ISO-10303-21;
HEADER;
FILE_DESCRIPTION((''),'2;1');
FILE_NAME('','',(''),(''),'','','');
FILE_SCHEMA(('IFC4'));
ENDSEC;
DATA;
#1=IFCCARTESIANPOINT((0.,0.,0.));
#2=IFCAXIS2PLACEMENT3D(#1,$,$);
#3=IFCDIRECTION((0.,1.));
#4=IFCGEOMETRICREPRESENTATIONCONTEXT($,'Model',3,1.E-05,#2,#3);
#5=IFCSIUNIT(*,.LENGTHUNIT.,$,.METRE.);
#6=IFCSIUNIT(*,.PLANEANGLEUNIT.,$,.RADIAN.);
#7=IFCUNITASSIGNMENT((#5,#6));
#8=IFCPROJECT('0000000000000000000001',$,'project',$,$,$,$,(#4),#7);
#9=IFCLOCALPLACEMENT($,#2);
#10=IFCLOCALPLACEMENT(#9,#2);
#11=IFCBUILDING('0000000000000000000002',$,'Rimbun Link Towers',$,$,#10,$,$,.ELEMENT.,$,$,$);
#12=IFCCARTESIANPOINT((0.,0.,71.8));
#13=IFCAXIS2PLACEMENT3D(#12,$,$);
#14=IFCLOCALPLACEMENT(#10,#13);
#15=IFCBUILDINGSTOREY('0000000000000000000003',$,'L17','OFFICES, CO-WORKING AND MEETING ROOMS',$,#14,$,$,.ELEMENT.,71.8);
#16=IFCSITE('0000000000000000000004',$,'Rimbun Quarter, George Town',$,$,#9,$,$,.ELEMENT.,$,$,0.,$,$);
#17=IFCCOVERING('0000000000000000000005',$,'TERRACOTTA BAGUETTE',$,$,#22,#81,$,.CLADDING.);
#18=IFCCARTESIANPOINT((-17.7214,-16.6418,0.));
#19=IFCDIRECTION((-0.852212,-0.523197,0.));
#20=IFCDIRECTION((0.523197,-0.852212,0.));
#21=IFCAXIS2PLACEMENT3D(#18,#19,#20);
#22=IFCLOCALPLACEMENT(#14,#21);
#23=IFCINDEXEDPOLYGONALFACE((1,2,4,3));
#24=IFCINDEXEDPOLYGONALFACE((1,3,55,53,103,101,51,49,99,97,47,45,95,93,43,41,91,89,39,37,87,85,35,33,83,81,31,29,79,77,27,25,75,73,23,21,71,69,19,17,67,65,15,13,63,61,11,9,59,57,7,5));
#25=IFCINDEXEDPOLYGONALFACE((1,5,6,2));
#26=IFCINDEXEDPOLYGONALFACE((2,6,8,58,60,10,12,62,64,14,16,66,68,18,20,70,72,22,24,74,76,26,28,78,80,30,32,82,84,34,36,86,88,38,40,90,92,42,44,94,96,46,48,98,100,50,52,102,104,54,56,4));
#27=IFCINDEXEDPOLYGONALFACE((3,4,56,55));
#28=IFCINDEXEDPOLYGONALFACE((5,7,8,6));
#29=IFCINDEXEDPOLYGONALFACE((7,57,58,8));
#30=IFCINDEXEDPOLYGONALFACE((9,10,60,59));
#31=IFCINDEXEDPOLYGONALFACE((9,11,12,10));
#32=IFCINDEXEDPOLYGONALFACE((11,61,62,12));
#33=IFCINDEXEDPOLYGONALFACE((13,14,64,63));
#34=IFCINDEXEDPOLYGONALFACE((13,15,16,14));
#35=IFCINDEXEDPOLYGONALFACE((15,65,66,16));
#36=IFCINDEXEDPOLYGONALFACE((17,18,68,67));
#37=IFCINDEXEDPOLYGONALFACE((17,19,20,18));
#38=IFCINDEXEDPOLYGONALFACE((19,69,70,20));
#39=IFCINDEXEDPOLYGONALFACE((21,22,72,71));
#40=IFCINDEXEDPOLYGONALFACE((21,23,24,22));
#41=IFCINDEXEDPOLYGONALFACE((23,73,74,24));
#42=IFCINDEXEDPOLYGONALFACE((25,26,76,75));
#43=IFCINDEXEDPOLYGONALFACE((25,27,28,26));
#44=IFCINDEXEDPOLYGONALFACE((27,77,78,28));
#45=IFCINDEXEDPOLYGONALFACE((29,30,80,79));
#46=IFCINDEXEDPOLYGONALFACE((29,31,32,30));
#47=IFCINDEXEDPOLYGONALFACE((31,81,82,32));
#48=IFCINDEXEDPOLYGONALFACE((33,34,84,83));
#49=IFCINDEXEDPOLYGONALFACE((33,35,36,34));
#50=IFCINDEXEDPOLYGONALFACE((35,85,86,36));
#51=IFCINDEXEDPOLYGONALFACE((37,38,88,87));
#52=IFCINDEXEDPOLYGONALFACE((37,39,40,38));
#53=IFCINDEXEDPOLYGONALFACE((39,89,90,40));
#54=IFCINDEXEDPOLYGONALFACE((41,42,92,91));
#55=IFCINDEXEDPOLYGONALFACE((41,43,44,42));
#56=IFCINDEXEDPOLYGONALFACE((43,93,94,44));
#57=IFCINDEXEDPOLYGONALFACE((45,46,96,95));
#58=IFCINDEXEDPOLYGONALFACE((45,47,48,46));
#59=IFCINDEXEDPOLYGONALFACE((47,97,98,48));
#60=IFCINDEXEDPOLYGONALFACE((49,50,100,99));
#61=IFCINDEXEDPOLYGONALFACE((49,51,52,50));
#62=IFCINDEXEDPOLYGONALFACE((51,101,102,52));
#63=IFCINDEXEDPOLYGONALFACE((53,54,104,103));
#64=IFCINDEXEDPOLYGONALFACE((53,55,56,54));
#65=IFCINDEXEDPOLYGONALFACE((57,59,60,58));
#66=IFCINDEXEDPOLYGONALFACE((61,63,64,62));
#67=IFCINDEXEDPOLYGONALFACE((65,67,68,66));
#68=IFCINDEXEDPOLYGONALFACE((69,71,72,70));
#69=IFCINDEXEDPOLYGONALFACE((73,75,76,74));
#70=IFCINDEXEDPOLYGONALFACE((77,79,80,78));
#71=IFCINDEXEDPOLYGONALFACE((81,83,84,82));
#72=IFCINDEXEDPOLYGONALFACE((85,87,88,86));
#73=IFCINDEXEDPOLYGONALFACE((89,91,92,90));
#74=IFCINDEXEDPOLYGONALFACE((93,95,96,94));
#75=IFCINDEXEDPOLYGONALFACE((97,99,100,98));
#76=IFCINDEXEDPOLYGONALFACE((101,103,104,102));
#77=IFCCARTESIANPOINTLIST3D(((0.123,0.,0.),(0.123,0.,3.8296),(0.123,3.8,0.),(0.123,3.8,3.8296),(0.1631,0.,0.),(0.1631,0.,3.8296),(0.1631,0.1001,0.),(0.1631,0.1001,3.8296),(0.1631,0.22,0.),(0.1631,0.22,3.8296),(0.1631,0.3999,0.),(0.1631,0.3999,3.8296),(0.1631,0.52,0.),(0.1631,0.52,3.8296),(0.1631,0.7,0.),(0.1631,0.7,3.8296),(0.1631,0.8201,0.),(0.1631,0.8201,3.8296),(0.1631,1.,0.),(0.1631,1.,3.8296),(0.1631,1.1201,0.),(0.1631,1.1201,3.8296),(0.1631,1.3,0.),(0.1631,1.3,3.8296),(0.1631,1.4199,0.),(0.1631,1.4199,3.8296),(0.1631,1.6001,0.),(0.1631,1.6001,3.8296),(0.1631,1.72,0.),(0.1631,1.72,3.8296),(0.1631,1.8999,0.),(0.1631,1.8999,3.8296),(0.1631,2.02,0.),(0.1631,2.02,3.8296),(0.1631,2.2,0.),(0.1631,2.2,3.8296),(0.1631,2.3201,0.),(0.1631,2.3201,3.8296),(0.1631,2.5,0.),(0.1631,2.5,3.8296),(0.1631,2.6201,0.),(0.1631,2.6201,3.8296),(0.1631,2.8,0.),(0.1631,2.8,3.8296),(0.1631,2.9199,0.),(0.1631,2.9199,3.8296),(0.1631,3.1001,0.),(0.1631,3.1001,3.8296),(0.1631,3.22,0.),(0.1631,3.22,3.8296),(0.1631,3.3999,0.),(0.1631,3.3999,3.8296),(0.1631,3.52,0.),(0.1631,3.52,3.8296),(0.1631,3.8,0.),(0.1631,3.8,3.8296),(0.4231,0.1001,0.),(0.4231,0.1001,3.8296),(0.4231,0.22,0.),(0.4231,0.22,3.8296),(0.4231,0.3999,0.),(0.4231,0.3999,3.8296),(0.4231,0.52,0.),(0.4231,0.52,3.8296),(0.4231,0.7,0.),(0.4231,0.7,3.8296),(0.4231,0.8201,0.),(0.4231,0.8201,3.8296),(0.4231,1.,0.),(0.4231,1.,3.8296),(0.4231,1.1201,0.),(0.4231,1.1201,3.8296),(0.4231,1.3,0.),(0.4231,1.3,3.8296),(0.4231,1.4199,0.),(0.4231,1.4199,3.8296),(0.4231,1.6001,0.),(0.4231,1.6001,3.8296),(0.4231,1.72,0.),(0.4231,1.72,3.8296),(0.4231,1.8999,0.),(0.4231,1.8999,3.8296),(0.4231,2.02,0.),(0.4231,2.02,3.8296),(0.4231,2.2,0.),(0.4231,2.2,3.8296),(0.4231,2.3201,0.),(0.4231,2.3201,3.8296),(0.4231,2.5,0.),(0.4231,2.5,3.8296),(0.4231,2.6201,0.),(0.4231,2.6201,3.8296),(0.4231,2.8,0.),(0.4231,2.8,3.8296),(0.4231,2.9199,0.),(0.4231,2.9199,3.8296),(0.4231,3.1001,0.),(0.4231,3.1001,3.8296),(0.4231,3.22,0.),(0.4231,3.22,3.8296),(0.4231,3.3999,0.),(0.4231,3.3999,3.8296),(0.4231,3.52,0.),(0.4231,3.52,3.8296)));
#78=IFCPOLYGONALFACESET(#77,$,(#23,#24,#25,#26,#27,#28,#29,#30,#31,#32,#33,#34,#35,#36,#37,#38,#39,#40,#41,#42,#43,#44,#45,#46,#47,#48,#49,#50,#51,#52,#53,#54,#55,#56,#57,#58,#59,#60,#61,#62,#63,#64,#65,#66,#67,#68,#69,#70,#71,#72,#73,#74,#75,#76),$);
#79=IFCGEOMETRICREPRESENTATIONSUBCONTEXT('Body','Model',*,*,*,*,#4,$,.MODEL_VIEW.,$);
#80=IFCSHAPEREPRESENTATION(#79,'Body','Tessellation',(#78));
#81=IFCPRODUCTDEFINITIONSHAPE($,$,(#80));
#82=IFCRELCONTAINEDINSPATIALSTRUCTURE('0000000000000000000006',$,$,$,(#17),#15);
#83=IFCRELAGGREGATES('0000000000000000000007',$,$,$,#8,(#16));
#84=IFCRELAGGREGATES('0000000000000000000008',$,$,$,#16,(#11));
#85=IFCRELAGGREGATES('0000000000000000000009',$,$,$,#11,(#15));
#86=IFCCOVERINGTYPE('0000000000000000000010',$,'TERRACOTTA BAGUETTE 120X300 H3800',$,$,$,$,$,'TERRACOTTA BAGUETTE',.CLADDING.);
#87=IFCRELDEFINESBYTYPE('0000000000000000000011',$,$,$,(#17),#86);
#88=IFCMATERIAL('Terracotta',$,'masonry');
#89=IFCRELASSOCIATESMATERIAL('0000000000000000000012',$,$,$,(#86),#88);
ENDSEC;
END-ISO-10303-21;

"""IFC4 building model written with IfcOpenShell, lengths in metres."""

from ifc_helpers import new_model, si_unit, direction, frame, origin, place, context, subcontext, project, spatial, polyline, outline, extrude, material, material_profile, profile_set, type_object, element, save


model = new_model("IFC4")

# Units and contexts
model_context = context("Model", 3, precision=1e-05, world=origin(), true_north=direction((0.0, 1.0)))
body_context = subcontext(model_context, "Body", "Model", "MODEL_VIEW")
ifc_project = project(units=[si_unit("LENGTHUNIT", "METRE"), si_unit("PLANEANGLEUNIT", "RADIAN")], contexts=[model_context])

# Site, building, storey
site_placement = place(None, origin())
site = spatial("IfcSite", under=ifc_project, at=site_placement, Name="Rimbun Quarter, George Town", CompositionType="ELEMENT", RefElevation=0.0)
building_placement = place(site_placement, origin())
building = spatial("IfcBuilding", under=site, at=building_placement, Name="Rimbun Link Towers", CompositionType="ELEMENT")
storey_placement = place(building_placement, frame((0.0, 0.0, 71.8)))
storey = spatial("IfcBuildingStorey", under=building, at=storey_placement, Name="L17", Description="OFFICES, CO-WORKING AND MEETING ROOMS", CompositionType="ELEMENT", Elevation=71.8)

# Covering
ifc_material_1 = material(Name="Terracotta", Category="masonry")
ifc_material_profile_1 = material_profile(ifc_material_1, outline(polyline([(0.123, 0.0), (0.1631, 0.0), (0.1631, 0.1001), (0.4231, 0.1001), (0.4231, 0.22), (0.1631, 0.22), (0.1631, 0.3999), (0.4231, 0.3999), (0.4231, 0.52), (0.1631, 0.52), (0.1631, 0.7), (0.4231, 0.7), (0.4231, 0.8201), (0.1631, 0.8201), (0.1631, 1.0), (0.4231, 1.0), (0.4231, 1.1201), (0.1631, 1.1201), (0.1631, 1.3), (0.4231, 1.3), (0.4231, 1.4199), (0.1631, 1.4199), (0.1631, 1.6001), (0.4231, 1.6001), (0.4231, 1.72), (0.1631, 1.72), (0.1631, 1.8999), (0.4231, 1.8999), (0.4231, 2.02), (0.1631, 2.02), (0.1631, 2.2), (0.4231, 2.2), (0.4231, 2.3201), (0.1631, 2.3201), (0.1631, 2.5), (0.4231, 2.5), (0.4231, 2.6201), (0.1631, 2.6201), (0.1631, 2.8), (0.4231, 2.8), (0.4231, 2.9199), (0.1631, 2.9199), (0.1631, 3.1001), (0.4231, 3.1001), (0.4231, 3.22), (0.1631, 3.22), (0.1631, 3.3999), (0.4231, 3.3999), (0.4231, 3.52), (0.1631, 3.52), (0.1631, 3.8), (0.123, 3.8), (0.123, 0.0)])), Name="BAGUETTE 120X300")
ifc_profile_set_1 = profile_set([ifc_material_profile_1], Name="Terracotta")
covering_type = type_object("IfcCoveringType", Name="TERRACOTTA BAGUETTE 120X300 H3800", ElementType="TERRACOTTA BAGUETTE", PredefinedType="CLADDING", material=ifc_profile_set_1)
covering_1_placement = place(storey_placement, frame((-17.7214, -16.6418, 0.0), z_axis=(-0.852212, -0.523197, 0.0), x_axis=(0.523197, -0.852212, 0.0)))
element("IfcCovering", 1, at=covering_1_placement, inside=storey, type_object=covering_type, Name="TERRACOTTA BAGUETTE", PredefinedType="CLADDING", context=body_context, shape_type="SweptSolid", body=[
    extrude(outline(polyline([(0.123, 0.0), (0.1631, 0.0), (0.1631, 0.1001), (0.4231, 0.1001), (0.4231, 0.22), (0.1631, 0.22), (0.1631, 0.3999), (0.4231, 0.3999), (0.4231, 0.52), (0.1631, 0.52), (0.1631, 0.7), (0.4231, 0.7), (0.4231, 0.8201), (0.1631, 0.8201), (0.1631, 1.0), (0.4231, 1.0), (0.4231, 1.1201), (0.1631, 1.1201), (0.1631, 1.3), (0.4231, 1.3), (0.4231, 1.4199), (0.1631, 1.4199), (0.1631, 1.6001), (0.4231, 1.6001), (0.4231, 1.72), (0.1631, 1.72), (0.1631, 1.8999), (0.4231, 1.8999), (0.4231, 2.02), (0.1631, 2.02), (0.1631, 2.2), (0.4231, 2.2), (0.4231, 2.3201), (0.1631, 2.3201), (0.1631, 2.5), (0.4231, 2.5), (0.4231, 2.6201), (0.1631, 2.6201), (0.1631, 2.8), (0.4231, 2.8), (0.4231, 2.9199), (0.1631, 2.9199), (0.1631, 3.1001), (0.4231, 3.1001), (0.4231, 3.22), (0.1631, 3.22), (0.1631, 3.3999), (0.4231, 3.3999), (0.4231, 3.52), (0.1631, 3.52), (0.1631, 3.8), (0.123, 3.8), (0.123, 0.0)])), origin(), (0.0, 0.0, 1.0), 3.8296),
])

save(model, "model.ifc")
